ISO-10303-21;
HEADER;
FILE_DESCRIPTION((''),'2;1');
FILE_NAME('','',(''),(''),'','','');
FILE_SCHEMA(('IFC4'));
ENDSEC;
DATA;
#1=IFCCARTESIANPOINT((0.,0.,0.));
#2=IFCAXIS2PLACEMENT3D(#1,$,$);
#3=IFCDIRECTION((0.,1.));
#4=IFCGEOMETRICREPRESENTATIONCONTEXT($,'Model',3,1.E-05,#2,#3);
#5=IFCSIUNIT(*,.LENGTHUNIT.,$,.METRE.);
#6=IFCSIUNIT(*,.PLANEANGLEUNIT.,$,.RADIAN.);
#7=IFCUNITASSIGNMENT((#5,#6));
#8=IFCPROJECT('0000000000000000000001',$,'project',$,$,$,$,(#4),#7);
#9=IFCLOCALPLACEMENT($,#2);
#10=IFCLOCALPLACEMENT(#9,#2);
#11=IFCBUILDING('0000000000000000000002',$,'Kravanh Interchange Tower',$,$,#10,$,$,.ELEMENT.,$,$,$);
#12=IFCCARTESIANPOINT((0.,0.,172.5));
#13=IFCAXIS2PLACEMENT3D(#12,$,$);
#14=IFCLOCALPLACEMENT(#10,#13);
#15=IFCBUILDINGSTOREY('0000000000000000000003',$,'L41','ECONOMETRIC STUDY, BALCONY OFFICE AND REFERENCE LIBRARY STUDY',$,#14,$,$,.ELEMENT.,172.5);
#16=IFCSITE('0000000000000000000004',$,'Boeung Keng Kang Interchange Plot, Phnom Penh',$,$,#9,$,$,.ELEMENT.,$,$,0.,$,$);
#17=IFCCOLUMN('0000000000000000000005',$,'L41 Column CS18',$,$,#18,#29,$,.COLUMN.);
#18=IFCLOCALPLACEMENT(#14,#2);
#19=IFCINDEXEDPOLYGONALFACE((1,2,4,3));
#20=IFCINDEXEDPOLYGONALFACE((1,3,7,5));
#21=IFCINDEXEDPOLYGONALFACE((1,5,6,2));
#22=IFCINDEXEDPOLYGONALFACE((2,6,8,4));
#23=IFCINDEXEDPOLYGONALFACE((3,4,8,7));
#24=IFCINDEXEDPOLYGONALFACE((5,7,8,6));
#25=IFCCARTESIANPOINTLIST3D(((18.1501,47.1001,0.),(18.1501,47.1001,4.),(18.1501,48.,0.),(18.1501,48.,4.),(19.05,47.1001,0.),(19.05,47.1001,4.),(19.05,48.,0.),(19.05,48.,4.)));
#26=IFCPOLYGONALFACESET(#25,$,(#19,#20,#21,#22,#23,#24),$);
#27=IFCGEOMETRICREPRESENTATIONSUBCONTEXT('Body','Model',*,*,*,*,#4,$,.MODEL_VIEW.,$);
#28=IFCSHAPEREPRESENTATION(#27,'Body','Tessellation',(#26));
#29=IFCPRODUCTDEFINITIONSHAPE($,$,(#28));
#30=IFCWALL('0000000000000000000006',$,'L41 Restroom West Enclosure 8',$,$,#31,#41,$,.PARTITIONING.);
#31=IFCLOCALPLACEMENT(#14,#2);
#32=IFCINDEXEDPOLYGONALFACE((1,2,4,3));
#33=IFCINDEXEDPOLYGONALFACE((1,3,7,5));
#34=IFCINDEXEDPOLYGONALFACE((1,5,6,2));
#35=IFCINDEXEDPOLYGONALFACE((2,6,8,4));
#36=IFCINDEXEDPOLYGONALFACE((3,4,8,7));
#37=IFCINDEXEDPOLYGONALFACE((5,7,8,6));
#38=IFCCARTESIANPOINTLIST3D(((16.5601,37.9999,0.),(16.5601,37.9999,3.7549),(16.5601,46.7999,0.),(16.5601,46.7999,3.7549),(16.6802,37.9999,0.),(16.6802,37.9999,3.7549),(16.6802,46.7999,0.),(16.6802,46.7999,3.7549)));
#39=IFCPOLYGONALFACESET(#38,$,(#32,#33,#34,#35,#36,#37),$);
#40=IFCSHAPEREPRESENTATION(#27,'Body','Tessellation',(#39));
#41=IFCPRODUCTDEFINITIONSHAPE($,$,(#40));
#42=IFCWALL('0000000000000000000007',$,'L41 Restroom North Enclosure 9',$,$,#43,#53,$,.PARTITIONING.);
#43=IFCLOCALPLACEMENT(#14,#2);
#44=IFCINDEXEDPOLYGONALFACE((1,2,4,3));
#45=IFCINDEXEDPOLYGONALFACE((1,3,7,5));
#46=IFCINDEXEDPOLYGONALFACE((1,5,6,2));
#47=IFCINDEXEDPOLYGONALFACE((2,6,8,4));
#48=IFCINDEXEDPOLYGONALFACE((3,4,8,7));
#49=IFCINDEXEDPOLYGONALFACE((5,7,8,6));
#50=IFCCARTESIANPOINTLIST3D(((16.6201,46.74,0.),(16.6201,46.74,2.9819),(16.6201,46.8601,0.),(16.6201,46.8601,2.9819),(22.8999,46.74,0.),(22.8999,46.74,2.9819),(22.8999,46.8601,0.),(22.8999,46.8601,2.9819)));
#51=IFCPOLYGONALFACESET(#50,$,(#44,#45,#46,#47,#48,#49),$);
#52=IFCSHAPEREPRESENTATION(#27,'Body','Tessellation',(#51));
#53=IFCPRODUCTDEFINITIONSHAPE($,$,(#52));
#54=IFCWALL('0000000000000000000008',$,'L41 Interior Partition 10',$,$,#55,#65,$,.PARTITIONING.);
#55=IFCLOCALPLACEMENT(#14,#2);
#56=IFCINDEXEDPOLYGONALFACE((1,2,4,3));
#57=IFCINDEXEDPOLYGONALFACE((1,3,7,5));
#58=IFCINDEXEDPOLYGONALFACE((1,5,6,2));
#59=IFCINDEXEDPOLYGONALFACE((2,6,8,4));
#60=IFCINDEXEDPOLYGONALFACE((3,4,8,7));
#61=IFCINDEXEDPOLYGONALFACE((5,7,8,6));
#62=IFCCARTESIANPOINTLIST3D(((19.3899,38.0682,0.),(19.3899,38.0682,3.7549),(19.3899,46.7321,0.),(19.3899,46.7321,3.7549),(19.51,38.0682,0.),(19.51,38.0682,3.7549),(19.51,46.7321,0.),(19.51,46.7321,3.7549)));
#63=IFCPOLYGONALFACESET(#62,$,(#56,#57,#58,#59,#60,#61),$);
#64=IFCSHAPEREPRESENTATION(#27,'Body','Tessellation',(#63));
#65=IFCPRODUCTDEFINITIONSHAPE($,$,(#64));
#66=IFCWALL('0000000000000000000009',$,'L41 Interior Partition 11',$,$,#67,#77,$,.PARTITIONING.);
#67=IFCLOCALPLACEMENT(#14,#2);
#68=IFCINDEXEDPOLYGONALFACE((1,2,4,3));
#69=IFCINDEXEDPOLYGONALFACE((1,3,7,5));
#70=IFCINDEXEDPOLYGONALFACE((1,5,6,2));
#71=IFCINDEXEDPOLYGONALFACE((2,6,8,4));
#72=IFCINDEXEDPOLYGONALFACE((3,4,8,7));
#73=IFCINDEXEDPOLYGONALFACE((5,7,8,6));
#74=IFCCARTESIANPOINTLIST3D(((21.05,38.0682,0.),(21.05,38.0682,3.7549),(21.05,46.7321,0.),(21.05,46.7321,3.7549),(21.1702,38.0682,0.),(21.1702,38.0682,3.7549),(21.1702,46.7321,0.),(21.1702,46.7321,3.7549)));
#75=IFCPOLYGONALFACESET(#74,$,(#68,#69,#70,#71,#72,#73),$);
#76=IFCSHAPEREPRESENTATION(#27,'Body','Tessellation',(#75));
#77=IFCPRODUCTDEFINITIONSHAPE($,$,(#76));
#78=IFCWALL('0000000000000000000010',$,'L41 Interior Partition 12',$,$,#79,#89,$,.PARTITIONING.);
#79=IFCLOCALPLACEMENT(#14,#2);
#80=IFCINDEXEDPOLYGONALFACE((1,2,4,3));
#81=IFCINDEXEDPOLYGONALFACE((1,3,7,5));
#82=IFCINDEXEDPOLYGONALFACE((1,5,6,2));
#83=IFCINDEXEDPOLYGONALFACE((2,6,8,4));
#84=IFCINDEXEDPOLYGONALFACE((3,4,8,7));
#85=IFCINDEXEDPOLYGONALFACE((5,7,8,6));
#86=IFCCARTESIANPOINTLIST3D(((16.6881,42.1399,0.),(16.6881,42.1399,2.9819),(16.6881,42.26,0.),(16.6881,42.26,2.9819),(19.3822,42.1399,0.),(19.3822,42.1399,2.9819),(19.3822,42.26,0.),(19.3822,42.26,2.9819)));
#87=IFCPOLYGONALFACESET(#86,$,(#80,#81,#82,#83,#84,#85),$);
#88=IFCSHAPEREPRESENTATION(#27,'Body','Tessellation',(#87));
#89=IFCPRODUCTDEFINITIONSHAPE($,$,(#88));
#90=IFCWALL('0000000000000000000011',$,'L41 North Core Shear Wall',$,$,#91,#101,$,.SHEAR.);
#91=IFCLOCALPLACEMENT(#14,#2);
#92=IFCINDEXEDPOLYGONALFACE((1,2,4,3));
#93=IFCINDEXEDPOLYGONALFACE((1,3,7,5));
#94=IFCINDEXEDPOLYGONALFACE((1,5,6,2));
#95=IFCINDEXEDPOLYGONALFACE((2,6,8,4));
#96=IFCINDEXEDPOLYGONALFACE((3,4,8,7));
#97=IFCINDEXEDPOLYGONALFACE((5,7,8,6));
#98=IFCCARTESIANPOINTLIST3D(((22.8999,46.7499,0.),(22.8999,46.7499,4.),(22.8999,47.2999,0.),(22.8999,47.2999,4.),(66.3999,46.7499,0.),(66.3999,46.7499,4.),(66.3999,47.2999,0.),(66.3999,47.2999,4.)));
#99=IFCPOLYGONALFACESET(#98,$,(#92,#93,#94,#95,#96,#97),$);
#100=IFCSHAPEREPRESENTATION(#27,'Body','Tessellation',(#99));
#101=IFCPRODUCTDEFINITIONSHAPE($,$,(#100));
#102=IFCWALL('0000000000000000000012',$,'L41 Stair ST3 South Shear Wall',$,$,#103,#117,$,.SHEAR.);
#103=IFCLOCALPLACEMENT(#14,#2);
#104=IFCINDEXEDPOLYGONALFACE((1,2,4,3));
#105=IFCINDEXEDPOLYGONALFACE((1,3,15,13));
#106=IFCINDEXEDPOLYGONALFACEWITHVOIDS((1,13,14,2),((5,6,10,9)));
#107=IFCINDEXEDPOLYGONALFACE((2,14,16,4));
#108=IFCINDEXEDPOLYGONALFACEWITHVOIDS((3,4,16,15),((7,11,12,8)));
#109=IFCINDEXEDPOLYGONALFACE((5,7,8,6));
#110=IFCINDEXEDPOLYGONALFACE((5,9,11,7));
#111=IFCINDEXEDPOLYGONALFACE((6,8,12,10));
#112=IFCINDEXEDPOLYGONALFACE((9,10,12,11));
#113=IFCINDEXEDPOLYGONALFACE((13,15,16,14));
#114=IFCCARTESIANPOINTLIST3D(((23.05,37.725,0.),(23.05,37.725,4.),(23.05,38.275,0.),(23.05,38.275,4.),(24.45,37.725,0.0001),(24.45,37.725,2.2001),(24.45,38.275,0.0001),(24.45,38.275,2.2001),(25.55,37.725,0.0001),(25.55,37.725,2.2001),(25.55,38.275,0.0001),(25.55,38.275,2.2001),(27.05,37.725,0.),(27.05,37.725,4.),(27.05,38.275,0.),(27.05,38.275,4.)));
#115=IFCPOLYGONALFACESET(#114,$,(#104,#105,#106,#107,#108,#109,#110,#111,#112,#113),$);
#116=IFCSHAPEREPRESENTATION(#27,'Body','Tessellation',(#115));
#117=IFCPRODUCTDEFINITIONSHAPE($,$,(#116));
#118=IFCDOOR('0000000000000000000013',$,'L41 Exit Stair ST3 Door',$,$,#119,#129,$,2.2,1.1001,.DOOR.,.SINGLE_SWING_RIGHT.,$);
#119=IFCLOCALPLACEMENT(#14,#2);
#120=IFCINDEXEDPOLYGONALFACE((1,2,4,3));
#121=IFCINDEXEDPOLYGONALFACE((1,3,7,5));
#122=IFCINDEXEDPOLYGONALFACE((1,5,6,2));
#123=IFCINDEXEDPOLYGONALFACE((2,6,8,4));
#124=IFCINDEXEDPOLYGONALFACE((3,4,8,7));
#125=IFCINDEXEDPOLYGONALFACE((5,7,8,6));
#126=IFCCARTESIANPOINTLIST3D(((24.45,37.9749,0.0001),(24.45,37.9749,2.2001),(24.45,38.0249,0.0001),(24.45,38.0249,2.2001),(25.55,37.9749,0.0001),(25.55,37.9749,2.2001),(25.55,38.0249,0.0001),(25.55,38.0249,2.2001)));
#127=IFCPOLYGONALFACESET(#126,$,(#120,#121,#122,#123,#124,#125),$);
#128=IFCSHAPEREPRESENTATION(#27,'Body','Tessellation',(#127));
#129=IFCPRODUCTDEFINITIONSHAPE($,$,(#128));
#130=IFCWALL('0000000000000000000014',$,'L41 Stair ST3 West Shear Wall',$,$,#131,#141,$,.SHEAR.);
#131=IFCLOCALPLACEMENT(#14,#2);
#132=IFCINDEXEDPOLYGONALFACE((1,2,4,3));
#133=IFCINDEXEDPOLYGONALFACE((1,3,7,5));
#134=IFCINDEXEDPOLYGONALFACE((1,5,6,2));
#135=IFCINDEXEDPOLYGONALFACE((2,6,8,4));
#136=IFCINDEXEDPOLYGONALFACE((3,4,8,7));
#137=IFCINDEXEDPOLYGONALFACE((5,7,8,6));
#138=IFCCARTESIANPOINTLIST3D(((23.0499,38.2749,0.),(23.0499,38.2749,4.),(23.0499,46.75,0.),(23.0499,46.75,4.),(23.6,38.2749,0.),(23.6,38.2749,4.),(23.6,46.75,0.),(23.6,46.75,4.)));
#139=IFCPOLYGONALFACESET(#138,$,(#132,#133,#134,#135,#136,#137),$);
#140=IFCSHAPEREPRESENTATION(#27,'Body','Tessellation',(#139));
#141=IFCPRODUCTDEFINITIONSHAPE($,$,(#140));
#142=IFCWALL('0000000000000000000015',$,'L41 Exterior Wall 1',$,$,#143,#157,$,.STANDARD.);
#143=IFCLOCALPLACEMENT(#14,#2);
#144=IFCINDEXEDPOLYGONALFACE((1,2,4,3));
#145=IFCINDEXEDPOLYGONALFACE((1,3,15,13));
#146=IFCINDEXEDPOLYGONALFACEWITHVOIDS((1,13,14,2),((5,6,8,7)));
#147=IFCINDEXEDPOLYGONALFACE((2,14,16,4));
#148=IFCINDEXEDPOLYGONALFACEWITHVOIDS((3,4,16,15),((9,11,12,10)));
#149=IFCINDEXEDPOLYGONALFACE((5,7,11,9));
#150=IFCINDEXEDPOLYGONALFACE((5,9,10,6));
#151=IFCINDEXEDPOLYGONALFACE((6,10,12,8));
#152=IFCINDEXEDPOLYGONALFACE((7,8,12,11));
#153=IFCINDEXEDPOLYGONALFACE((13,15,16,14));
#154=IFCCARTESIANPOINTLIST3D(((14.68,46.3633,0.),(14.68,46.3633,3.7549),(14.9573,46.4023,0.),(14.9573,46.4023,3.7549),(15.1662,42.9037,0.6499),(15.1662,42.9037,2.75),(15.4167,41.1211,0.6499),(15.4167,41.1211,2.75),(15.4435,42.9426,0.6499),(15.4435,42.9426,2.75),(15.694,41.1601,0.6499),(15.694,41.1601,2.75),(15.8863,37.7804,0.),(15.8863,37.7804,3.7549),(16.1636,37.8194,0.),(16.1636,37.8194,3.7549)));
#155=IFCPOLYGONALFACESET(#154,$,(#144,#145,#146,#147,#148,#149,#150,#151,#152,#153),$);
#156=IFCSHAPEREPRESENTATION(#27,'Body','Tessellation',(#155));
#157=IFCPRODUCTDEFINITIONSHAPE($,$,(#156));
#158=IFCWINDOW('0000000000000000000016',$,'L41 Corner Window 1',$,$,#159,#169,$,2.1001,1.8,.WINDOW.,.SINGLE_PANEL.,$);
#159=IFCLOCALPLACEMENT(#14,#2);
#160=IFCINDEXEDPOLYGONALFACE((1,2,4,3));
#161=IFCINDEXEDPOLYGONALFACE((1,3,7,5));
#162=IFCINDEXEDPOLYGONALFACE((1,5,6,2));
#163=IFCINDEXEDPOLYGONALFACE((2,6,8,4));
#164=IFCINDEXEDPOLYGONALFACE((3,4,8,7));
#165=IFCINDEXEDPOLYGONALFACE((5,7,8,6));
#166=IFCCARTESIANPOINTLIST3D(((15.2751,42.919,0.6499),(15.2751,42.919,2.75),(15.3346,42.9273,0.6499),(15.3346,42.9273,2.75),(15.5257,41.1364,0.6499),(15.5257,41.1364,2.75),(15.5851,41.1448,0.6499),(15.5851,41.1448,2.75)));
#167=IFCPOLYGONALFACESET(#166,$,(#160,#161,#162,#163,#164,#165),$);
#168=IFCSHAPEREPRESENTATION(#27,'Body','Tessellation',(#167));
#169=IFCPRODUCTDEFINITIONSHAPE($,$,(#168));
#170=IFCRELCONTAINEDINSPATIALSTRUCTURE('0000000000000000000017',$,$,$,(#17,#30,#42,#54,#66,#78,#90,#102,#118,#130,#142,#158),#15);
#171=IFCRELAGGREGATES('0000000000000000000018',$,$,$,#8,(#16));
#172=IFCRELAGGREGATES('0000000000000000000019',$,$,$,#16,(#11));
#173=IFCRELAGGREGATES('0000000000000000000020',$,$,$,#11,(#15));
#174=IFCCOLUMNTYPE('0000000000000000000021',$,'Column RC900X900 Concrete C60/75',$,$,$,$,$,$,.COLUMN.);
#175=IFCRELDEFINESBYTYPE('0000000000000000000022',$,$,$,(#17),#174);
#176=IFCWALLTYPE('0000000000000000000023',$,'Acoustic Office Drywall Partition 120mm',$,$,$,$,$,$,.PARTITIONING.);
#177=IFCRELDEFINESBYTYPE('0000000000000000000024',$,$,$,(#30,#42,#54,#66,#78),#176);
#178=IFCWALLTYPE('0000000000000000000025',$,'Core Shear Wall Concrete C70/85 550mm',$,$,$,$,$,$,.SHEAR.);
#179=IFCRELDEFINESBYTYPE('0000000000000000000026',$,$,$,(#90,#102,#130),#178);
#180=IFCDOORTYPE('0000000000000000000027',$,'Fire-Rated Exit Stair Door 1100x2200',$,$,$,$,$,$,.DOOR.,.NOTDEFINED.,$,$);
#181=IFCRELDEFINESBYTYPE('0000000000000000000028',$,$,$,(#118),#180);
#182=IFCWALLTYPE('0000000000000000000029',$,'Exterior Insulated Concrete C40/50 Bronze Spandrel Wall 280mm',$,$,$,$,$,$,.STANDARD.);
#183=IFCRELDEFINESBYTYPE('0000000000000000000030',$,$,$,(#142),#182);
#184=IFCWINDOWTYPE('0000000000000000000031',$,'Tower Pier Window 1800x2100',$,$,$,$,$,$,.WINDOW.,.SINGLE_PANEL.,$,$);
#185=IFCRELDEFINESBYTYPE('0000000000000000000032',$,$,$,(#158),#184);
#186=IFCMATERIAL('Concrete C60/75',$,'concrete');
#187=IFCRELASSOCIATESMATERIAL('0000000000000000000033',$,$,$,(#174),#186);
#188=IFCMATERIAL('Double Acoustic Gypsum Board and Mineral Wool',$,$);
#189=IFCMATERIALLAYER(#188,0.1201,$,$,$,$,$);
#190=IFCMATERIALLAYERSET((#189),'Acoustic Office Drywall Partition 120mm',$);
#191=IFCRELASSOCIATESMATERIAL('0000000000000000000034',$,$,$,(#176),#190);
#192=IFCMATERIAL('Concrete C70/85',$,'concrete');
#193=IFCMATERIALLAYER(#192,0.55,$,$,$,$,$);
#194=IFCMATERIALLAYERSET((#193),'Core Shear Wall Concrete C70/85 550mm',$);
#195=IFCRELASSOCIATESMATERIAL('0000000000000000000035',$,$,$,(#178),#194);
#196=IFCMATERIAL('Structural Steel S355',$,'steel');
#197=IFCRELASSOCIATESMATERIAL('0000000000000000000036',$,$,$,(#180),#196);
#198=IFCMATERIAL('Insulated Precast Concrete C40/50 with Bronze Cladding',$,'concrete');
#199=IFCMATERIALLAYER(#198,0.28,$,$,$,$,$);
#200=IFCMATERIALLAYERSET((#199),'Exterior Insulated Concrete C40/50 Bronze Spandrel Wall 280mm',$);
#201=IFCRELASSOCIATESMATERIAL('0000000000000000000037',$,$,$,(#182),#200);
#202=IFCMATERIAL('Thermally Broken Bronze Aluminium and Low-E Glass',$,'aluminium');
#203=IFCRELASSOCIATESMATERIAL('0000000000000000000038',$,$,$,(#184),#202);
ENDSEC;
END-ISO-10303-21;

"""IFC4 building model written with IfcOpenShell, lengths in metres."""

from ifc_helpers import new_model, si_unit, direction, frame, frame_2d, origin, origin_2d, place, context, subcontext, project, spatial, rectangle, extrude, material, layer, layer_set, material_profile, profile_set, type_object, element, fill, save


model = new_model("IFC4")

# Units and contexts
model_context = context("Model", 3, precision=1e-05, world=origin(), true_north=direction((0.0, 1.0)))
body_context = subcontext(model_context, "Body", "Model", "MODEL_VIEW")
ifc_project = project(units=[si_unit("LENGTHUNIT", "METRE"), si_unit("PLANEANGLEUNIT", "RADIAN")], contexts=[model_context])

# Site, building, storey
site_placement = place(None, origin())
site = spatial("IfcSite", under=ifc_project, at=site_placement, Name="Boeung Keng Kang Interchange Plot, Phnom Penh", CompositionType="ELEMENT", RefElevation=0.0)
building_placement = place(site_placement, origin())
building = spatial("IfcBuilding", under=site, at=building_placement, Name="Kravanh Interchange Tower", CompositionType="ELEMENT")
storey_placement = place(building_placement, frame((0.0, 0.0, 172.5)))
storey = spatial("IfcBuildingStorey", under=building, at=storey_placement, Name="L41", Description="ECONOMETRIC STUDY, BALCONY OFFICE AND REFERENCE LIBRARY STUDY", CompositionType="ELEMENT", Elevation=172.5)

# Column
ifc_material_1 = material(Name="Concrete C60/75", Category="concrete")
ifc_material_profile = material_profile(ifc_material_1, rectangle(XDim=0.8999, YDim=0.8999, at=origin_2d()), Name="RC900X900")
ifc_profile_set = profile_set([ifc_material_profile], Name="Concrete C60/75")
column_type = type_object("IfcColumnType", Name="Column RC900X900 Concrete C60/75", PredefinedType="COLUMN", material=ifc_profile_set)
column_placement = place(storey_placement, frame((18.6001, 47.55, 0.0), z_axis=(0.0, 0.0, 1.0), x_axis=(1.0, 0.0, 0.0)))
element("IfcColumn", 1, at=column_placement, inside=storey, type_object=column_type, Name="L41 Column CS18", PredefinedType="COLUMN", context=body_context, shape_type="SweptSolid", body=[
    extrude(rectangle(XDim=0.8999, YDim=0.8999, at=origin_2d()), origin(), (0.0, 0.0, 1.0), 4.0),
])

# Shared definitions
ifc_material_2 = material(Name="Double Acoustic Gypsum Board and Mineral Wool")
ifc_layer_1 = layer(ifc_material_2, 0.1201)
ifc_layer_set_1 = layer_set([ifc_layer_1], Name="Acoustic Office Drywall Partition 120mm")
wall_type_1 = type_object("IfcWallType", Name="Acoustic Office Drywall Partition 120mm", PredefinedType="PARTITIONING", material=ifc_layer_set_1)

# Walls
wall_1_placement = place(storey_placement, frame((16.6201, 38.0, 0.0), z_axis=(0.0, 0.0, 1.0), x_axis=(0.0, 1.0, 0.0)))
element("IfcWall", 2, at=wall_1_placement, inside=storey, type_object=wall_type_1, Name="L41 Restroom West Enclosure 8", PredefinedType="PARTITIONING", context=body_context, shape_type="SweptSolid", body=[
    extrude(rectangle(XDim=8.8, YDim=0.1201, at=frame_2d((4.3999, 0.0))), origin(), (0.0, 0.0, 1.0), 3.7549),
])
wall_2_placement = place(storey_placement, frame((16.6201, 46.8, 0.0), z_axis=(0.0, 0.0, 1.0), x_axis=(1.0, 0.0, 0.0)))
element("IfcWall", 3, at=wall_2_placement, inside=storey, type_object=wall_type_1, Name="L41 Restroom North Enclosure 9", PredefinedType="PARTITIONING", context=body_context, shape_type="SweptSolid", body=[
    extrude(rectangle(XDim=6.2798, YDim=0.1201, at=frame_2d((3.1399, 0.0))), origin(), (0.0, 0.0, 1.0), 2.9819),
])
for number, where, z_axis, x_axis, name in (
    (4, (19.45, 38.0681, 0.0), (0.0, 0.0, 1.0), (0.0, 1.0, 0.0), "L41 Interior Partition 10"),
    (5, (21.1101, 38.0681, 0.0), (0.0, 0.0, 1.0), (0.0, 1.0, 0.0), "L41 Interior Partition 11"),
):
    element("IfcWall", number, at=place(storey_placement, frame(where, z_axis=z_axis, x_axis=x_axis)), inside=storey, type_object=wall_type_1, Name=name, PredefinedType="PARTITIONING", context=body_context, shape_type="SweptSolid", body=[
        extrude(rectangle(XDim=8.6638, YDim=0.1201, at=frame_2d((4.332, 0.0))), origin(), (0.0, 0.0, 1.0), 3.7549),
    ])
wall_3_placement = place(storey_placement, frame((16.688, 42.2, 0.0), z_axis=(0.0, 0.0, 1.0), x_axis=(1.0, 0.0, 0.0)))
element("IfcWall", 6, at=wall_3_placement, inside=storey, type_object=wall_type_1, Name="L41 Interior Partition 12", PredefinedType="PARTITIONING", context=body_context, shape_type="SweptSolid", body=[
    extrude(rectangle(XDim=2.6941, YDim=0.1201, at=frame_2d((1.3472, 0.0))), origin(), (0.0, 0.0, 1.0), 2.9819),
])
ifc_material_3 = material(Name="Concrete C70/85", Category="concrete")
ifc_layer_2 = layer(ifc_material_3, 0.55)
ifc_layer_set_2 = layer_set([ifc_layer_2], Name="Core Shear Wall Concrete C70/85 550mm")
wall_type_2 = type_object("IfcWallType", Name="Core Shear Wall Concrete C70/85 550mm", PredefinedType="SHEAR", material=ifc_layer_set_2)
wall_4_placement = place(storey_placement, frame((22.8999, 47.0249, 0.0), z_axis=(0.0, 0.0, 1.0), x_axis=(1.0, 0.0, 0.0)))
element("IfcWall", 7, at=wall_4_placement, inside=storey, type_object=wall_type_2, Name="L41 North Core Shear Wall", PredefinedType="SHEAR", context=body_context, shape_type="SweptSolid", body=[
    extrude(rectangle(XDim=43.5, YDim=0.55, at=frame_2d((21.75, 0.0))), origin(), (0.0, 0.0, 1.0), 4.0),
])

# Wall, opening, door
wall_5_placement = place(storey_placement, frame((23.05, 38.0, 0.0), z_axis=(0.0, 0.0, 1.0), x_axis=(1.0, 0.0, 0.0)))
wall_5 = element("IfcWall", 8, at=wall_5_placement, inside=storey, type_object=wall_type_2, Name="L41 Stair ST3 South Shear Wall", PredefinedType="SHEAR", context=body_context, shape_type="SweptSolid", body=[
    extrude(rectangle(XDim=4.0, YDim=0.55, at=frame_2d((2.0, 0.0))), origin(), (0.0, 0.0, 1.0), 4.0),
])
opening_1_placement = place(wall_5_placement, frame((1.3999, 0.0, 0.0)))
opening_1 = element("IfcOpeningElement", 9, at=opening_1_placement, cuts=wall_5, PredefinedType="OPENING", context=body_context, shape_type="SweptSolid", body=[
    extrude(rectangle(XDim=1.1001, YDim=2.2, at=frame_2d((0.55, 1.1001))), frame((0.0, 0.2852, 0.0), z_axis=(0.0, -1.0, 0.0), x_axis=(1.0, 0.0, 0.0)), (0.0, 0.0, 1.0), 0.5701),
])
ifc_material_4 = material(Name="Structural Steel S355", Category="steel")
door_type_1 = type_object("IfcDoorType", Name="Fire-Rated Exit Stair Door 1100x2200", OperationType="NOTDEFINED", PredefinedType="DOOR", material=ifc_material_4)
door_1_placement = place(opening_1_placement, origin())
door_1 = element("IfcDoor", 10, at=door_1_placement, inside=storey, type_object=door_type_1, Name="L41 Exit Stair ST3 Door", OperationType="SINGLE_SWING_RIGHT", OverallHeight=2.2, OverallWidth=1.1001, PredefinedType="DOOR", context=body_context, shape_type="SweptSolid", body=[
    extrude(rectangle(XDim=1.1001, YDim=2.2, at=frame_2d((0.55, 1.1001))), frame((0.0, 0.0249, 0.0), z_axis=(0.0, -1.0, 0.0), x_axis=(1.0, 0.0, 0.0)), (0.0, 0.0, 1.0), 0.05),
])
fill(opening_1, door_1)

# Wall
wall_6_placement = place(storey_placement, frame((23.325, 38.2749, 0.0), z_axis=(0.0, 0.0, 1.0), x_axis=(0.0, 1.0, 0.0)))
element("IfcWall", 11, at=wall_6_placement, inside=storey, type_object=wall_type_2, Name="L41 Stair ST3 West Shear Wall", PredefinedType="SHEAR", context=body_context, shape_type="SweptSolid", body=[
    extrude(rectangle(XDim=8.4751, YDim=0.55, at=frame_2d((4.2375, 0.0))), origin(), (0.0, 0.0, 1.0), 4.0),
])

# Wall, opening, window
ifc_material_5 = material(Name="Insulated Precast Concrete C40/50 with Bronze Cladding", Category="concrete")
ifc_layer_3 = layer(ifc_material_5, 0.28)
ifc_layer_set_3 = layer_set([ifc_layer_3], Name="Exterior Insulated Concrete C40/50 Bronze Spandrel Wall 280mm")
wall_type_3 = type_object("IfcWallType", Name="Exterior Insulated Concrete C40/50 Bronze Spandrel Wall 280mm", PredefinedType="STANDARD", material=ifc_layer_set_3)
wall_7_placement = place(storey_placement, frame((16.0249, 37.8, 0.0), z_axis=(0.0, 0.0, 1.0), x_axis=(-0.139181, 0.990267, 0.0)))
wall_7 = element("IfcWall", 12, at=wall_7_placement, inside=storey, type_object=wall_type_3, Name="L41 Exterior Wall 1", PredefinedType="STANDARD", context=body_context, shape_type="SweptSolid", body=[
    extrude(rectangle(XDim=8.6672, YDim=0.28, at=frame_2d((4.3335, 0.0))), origin(), (0.0, 0.0, 1.0), 3.7549),
])
opening_2_placement = place(wall_7_placement, frame((3.3735, 0.0, 0.6499)))
opening_2 = element("IfcOpeningElement", 13, at=opening_2_placement, cuts=wall_7, PredefinedType="OPENING", context=body_context, shape_type="SweptSolid", body=[
    extrude(rectangle(XDim=1.8, YDim=2.1001, at=frame_2d((0.8999, 1.05))), frame((0.0, 0.1499, 0.0), z_axis=(0.0, -1.0, 0.0), x_axis=(1.0, 0.0, 0.0)), (0.0, 0.0, 1.0), 0.3),
])
ifc_material_6 = material(Name="Thermally Broken Bronze Aluminium and Low-E Glass", Category="aluminium")
window_type = type_object("IfcWindowType", Name="Tower Pier Window 1800x2100", PartitioningType="SINGLE_PANEL", PredefinedType="WINDOW", material=ifc_material_6)
window_1_placement = place(opening_2_placement, origin())
window_1 = element("IfcWindow", 14, at=window_1_placement, inside=storey, type_object=window_type, Name="L41 Corner Window 1", OverallHeight=2.1001, OverallWidth=1.8, PartitioningType="SINGLE_PANEL", PredefinedType="WINDOW", context=body_context, shape_type="SweptSolid", body=[
    extrude(rectangle(XDim=1.8, YDim=2.1001, at=frame_2d((0.8999, 1.05))), frame((0.0, 0.03, 0.0), z_axis=(0.0, -1.0, 0.0), x_axis=(1.0, 0.0, 0.0)), (0.0, 0.0, 1.0), 0.0601),
])
fill(opening_2, window_1)

save(model, "model.ifc")
